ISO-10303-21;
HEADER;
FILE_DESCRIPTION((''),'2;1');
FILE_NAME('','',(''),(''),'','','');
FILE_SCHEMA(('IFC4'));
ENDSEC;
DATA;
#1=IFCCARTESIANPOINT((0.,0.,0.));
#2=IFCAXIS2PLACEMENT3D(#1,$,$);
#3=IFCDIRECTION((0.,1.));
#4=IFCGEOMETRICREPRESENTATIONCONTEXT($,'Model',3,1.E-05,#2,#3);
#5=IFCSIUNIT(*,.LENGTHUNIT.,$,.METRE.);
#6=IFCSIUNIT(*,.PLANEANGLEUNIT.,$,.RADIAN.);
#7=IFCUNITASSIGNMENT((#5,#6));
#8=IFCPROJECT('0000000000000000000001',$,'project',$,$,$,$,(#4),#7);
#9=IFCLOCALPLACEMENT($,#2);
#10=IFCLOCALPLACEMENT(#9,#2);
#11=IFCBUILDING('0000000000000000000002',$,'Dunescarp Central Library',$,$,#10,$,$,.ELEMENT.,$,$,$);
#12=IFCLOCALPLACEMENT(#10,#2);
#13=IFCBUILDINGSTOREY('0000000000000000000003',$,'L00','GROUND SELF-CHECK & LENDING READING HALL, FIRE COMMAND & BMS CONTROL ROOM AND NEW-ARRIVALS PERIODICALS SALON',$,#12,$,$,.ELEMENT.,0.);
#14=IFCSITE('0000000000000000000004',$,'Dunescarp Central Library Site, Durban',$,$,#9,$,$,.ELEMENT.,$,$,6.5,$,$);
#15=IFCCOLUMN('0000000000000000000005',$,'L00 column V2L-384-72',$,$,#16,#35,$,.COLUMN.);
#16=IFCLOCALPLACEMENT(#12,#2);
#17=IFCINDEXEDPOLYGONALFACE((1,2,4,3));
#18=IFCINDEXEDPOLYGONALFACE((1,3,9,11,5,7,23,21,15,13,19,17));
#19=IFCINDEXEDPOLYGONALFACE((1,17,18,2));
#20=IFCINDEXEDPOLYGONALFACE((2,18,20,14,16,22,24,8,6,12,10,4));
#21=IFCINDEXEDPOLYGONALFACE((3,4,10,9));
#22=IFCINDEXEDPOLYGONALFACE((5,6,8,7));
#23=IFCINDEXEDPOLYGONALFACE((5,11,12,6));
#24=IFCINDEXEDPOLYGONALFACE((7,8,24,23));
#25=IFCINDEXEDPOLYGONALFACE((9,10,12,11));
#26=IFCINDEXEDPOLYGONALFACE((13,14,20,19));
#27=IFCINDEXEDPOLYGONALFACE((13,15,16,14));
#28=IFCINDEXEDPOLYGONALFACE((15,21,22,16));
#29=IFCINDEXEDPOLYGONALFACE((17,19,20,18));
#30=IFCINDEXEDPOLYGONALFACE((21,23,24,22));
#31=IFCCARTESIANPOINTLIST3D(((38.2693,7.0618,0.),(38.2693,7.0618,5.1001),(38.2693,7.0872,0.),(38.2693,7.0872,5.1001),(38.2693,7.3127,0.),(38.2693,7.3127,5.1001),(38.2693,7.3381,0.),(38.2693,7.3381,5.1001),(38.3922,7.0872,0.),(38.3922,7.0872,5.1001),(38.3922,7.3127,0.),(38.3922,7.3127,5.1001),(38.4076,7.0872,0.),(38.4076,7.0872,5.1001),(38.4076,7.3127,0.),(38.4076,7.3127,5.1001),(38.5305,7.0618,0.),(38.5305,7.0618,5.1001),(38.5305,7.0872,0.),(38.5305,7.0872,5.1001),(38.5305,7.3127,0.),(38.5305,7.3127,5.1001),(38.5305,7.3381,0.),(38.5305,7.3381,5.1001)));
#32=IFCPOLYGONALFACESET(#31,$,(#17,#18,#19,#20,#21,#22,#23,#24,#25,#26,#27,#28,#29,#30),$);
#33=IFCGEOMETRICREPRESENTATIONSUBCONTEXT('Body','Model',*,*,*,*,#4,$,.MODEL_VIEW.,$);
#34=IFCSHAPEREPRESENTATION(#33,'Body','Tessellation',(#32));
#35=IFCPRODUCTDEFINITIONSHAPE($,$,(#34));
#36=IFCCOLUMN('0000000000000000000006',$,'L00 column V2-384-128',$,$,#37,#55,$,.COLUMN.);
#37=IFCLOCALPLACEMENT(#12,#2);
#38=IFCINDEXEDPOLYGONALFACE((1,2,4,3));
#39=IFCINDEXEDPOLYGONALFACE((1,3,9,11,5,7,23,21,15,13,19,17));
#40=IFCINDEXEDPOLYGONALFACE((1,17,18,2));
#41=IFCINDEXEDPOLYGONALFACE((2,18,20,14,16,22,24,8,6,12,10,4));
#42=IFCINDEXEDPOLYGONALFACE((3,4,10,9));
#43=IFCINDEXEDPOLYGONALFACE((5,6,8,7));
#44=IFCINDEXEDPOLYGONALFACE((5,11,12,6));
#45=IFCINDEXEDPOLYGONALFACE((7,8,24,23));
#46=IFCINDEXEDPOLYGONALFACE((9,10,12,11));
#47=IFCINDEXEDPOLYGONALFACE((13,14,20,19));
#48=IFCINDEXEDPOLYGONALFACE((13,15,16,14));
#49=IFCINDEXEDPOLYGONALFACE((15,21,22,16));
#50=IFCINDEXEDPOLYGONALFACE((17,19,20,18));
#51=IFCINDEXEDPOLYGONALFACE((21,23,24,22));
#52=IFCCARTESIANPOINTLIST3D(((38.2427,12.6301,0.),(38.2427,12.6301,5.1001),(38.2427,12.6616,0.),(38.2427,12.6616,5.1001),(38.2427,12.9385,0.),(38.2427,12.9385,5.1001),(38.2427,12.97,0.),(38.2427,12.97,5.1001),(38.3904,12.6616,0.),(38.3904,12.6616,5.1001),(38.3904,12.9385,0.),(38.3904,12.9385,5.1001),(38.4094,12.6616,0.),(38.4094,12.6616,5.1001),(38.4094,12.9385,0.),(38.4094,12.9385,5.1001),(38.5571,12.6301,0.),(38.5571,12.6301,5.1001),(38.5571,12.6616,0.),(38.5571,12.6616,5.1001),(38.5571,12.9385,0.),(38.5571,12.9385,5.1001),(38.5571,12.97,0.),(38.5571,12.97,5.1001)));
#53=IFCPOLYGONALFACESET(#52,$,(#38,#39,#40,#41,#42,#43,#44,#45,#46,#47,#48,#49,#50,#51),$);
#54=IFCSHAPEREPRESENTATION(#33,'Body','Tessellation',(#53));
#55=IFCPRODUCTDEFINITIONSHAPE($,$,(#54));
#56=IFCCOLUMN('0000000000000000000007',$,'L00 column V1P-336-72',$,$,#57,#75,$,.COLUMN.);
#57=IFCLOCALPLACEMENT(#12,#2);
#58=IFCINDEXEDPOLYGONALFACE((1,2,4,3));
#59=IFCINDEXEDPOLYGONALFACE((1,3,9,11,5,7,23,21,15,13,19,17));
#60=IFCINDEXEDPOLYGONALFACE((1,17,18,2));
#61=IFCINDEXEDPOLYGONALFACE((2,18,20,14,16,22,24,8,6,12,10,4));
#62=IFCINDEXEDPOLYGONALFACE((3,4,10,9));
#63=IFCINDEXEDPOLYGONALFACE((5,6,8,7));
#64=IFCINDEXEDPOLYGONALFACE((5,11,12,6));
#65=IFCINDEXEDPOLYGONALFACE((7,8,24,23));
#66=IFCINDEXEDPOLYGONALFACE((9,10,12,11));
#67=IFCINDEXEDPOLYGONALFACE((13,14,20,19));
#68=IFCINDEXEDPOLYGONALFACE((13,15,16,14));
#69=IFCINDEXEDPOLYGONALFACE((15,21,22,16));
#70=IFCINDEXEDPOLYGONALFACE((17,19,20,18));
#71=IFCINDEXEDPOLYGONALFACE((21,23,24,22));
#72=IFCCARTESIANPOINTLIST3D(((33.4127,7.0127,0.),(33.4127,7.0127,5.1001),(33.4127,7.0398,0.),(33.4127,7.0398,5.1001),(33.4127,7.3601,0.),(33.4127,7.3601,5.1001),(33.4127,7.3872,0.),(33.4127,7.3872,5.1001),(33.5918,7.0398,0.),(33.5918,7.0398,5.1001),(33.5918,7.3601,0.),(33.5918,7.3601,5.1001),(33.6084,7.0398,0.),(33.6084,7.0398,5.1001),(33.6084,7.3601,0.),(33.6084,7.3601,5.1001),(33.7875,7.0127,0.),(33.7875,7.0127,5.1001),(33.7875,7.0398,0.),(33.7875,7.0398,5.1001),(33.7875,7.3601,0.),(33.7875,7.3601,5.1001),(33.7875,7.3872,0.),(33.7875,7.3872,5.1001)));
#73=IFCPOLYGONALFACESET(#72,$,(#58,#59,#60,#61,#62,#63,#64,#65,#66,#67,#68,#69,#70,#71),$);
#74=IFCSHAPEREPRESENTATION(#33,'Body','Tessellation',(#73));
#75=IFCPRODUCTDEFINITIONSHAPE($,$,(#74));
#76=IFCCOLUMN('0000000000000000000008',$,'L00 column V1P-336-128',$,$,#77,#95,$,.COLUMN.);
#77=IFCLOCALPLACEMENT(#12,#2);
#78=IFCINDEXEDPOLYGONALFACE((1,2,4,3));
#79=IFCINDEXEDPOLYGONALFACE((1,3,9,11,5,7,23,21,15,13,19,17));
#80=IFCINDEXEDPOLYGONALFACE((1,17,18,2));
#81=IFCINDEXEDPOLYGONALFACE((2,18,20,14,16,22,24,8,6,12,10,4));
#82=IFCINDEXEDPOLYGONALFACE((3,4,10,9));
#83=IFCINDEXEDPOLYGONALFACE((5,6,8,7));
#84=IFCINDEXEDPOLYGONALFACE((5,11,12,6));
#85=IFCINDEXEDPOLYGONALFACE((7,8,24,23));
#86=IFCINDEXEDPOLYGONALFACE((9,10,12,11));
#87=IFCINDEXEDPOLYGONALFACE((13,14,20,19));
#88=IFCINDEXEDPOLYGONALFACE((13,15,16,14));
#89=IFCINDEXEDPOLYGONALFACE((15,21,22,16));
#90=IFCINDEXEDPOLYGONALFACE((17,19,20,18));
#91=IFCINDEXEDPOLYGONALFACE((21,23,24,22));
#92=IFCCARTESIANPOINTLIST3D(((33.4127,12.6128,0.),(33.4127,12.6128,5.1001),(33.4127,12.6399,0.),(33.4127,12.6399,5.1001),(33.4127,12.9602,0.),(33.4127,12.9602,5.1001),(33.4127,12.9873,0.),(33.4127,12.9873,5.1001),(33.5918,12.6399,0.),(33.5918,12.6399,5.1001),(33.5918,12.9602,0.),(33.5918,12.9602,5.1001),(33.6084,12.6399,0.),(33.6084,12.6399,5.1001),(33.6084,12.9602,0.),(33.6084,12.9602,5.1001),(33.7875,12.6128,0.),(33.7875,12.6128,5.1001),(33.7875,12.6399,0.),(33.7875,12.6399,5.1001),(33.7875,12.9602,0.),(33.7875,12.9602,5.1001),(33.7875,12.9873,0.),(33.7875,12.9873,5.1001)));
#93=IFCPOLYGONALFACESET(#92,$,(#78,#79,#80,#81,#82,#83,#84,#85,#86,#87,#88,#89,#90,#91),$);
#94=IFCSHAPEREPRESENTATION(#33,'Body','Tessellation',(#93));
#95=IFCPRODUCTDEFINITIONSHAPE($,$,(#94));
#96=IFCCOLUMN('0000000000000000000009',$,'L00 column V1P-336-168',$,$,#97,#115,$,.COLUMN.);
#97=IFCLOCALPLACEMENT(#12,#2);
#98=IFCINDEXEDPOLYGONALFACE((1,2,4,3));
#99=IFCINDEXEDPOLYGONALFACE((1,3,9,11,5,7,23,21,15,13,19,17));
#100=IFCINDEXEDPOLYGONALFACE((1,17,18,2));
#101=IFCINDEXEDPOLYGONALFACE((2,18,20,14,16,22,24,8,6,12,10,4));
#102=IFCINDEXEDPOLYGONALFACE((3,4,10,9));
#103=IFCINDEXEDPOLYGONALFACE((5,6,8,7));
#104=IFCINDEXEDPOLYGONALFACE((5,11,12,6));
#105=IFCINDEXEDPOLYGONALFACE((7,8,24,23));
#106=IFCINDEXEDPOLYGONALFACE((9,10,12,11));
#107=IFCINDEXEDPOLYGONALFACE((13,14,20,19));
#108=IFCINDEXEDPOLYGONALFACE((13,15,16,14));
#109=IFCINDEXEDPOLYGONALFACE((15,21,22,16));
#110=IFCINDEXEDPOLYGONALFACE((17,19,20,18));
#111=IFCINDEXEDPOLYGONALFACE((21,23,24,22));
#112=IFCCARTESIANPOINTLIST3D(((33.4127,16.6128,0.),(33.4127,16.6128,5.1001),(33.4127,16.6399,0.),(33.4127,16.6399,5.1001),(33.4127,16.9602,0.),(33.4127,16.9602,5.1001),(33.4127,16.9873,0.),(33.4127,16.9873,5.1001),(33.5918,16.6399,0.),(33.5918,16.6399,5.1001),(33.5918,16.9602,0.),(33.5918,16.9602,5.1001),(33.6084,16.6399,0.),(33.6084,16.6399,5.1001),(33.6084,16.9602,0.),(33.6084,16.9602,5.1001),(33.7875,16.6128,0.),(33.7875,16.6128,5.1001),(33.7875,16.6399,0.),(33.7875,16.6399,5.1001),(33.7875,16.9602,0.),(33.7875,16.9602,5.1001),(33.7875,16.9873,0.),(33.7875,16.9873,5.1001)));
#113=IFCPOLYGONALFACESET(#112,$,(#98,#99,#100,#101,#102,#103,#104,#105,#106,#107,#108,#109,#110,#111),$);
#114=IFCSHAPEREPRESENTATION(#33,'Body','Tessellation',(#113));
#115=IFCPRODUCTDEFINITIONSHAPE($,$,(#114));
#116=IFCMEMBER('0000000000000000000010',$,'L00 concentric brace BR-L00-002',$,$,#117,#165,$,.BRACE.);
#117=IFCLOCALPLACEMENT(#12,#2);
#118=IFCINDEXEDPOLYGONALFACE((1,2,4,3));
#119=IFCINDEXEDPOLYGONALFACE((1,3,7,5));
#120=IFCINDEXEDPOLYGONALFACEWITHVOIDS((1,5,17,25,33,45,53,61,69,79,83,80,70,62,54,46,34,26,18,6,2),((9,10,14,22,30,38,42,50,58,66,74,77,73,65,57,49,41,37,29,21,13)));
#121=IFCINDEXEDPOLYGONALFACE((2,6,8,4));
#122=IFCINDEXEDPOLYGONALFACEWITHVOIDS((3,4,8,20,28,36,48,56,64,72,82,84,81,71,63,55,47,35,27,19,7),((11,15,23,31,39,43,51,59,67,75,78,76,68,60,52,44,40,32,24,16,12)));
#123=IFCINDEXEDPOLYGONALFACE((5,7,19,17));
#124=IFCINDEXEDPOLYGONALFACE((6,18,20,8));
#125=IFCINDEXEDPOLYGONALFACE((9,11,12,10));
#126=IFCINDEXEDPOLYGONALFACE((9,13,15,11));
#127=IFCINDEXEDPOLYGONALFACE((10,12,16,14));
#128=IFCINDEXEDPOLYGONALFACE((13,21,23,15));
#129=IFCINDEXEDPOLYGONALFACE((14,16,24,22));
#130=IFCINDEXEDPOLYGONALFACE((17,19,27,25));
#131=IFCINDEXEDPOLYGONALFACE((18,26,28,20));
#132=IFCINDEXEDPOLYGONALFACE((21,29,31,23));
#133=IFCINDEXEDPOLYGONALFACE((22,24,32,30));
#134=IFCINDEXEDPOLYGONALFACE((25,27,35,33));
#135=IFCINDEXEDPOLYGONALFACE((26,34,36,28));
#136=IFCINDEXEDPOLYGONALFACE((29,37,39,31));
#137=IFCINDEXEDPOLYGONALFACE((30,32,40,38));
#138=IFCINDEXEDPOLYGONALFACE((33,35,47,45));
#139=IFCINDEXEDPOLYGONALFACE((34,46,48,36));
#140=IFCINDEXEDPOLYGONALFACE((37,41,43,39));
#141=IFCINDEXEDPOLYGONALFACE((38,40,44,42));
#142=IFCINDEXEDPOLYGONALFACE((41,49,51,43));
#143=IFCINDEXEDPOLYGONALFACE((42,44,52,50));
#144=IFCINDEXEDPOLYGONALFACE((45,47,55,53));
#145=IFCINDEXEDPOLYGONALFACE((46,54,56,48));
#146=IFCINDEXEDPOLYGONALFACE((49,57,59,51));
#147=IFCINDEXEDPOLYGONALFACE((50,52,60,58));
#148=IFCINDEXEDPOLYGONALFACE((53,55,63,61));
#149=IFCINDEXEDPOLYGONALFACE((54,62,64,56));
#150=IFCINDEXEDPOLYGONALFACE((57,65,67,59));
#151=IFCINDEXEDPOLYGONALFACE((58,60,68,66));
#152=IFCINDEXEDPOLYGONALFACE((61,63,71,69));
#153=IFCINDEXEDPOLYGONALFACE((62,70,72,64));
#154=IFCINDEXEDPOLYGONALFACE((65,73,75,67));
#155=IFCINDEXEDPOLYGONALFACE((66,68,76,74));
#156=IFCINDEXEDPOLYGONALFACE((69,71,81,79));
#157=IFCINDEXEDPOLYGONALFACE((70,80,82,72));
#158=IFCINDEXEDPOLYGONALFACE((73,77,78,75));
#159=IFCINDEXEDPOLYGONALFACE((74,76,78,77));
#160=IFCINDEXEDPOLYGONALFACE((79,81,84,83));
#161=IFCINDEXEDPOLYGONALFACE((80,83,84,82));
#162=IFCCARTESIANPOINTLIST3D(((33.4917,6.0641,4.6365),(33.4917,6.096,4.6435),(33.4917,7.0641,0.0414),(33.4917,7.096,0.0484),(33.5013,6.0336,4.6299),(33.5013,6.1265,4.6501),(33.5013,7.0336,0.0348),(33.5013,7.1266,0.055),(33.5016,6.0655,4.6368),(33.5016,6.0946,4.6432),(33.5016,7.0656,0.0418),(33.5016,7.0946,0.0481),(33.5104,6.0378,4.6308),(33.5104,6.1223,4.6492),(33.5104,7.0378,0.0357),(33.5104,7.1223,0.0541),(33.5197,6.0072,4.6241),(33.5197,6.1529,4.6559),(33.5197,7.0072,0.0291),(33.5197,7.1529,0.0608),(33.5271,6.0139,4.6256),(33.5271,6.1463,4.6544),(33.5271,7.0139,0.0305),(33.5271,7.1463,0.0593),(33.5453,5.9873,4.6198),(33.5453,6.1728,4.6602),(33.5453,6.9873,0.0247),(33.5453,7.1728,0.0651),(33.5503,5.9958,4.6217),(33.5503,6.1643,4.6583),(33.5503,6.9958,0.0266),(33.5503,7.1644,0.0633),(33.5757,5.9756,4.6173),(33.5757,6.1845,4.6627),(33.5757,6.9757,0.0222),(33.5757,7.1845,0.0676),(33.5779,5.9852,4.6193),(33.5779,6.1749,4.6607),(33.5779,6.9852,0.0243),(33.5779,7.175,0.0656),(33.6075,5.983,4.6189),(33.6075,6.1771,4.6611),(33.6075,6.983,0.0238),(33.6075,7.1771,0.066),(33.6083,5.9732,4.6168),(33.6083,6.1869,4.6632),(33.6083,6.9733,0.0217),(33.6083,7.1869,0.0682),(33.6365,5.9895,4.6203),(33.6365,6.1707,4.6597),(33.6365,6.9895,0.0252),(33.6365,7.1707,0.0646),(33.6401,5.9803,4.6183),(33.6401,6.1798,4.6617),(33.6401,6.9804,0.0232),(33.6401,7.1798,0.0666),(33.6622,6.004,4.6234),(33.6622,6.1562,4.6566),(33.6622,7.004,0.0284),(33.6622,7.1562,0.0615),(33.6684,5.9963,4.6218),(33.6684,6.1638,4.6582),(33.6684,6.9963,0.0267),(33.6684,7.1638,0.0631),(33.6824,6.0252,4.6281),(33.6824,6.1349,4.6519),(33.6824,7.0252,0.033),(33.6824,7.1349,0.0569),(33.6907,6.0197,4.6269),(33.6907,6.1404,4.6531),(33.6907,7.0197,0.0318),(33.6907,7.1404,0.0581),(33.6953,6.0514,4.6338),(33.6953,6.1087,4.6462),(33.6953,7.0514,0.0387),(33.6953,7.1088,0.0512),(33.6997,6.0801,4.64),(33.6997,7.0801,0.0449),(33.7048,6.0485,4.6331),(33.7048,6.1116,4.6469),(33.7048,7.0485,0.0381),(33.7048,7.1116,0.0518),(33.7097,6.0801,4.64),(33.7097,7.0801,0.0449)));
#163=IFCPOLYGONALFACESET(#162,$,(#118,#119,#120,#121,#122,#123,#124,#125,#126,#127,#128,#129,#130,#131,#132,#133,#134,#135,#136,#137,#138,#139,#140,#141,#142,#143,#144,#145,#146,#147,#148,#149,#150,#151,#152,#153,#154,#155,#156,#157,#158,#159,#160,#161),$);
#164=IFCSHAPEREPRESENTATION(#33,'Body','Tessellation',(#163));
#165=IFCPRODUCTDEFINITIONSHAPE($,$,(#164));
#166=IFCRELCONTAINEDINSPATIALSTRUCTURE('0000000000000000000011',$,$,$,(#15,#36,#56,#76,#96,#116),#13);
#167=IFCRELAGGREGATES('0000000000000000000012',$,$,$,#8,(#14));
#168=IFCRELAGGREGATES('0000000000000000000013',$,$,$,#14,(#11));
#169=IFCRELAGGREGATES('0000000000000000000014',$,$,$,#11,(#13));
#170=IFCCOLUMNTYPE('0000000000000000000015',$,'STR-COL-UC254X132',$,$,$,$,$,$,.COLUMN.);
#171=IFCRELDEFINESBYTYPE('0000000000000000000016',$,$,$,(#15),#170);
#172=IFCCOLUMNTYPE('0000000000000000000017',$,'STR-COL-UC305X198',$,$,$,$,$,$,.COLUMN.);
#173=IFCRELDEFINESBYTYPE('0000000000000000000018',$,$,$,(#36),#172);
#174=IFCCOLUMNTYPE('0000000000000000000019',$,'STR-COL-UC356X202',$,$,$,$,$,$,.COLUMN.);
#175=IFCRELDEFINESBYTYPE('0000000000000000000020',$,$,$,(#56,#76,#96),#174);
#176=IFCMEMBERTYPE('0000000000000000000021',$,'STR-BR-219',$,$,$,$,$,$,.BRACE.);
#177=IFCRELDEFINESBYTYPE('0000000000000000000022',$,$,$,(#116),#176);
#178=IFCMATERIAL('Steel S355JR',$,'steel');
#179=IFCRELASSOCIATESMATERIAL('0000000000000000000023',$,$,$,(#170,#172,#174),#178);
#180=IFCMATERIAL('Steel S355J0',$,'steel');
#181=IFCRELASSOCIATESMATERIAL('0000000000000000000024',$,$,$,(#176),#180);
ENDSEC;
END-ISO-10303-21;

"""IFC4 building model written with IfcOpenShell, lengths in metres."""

from ifc_helpers import new_model, si_unit, direction, frame, origin, origin_2d, place, context, subcontext, project, spatial, hollow_circle, i_section, extrude, material, material_profile, profile_set, type_object, element, save


model = new_model("IFC4")

# Units and contexts
model_context = context("Model", 3, precision=1e-05, world=origin(), true_north=direction((0.0, 1.0)))
body_context = subcontext(model_context, "Body", "Model", "MODEL_VIEW")
ifc_project = project(units=[si_unit("LENGTHUNIT", "METRE"), si_unit("PLANEANGLEUNIT", "RADIAN")], contexts=[model_context])

# Site, building, storey
site_placement = place(None, origin())
site = spatial("IfcSite", under=ifc_project, at=site_placement, Name="Dunescarp Central Library Site, Durban", CompositionType="ELEMENT", RefElevation=6.5)
building_placement = place(site_placement, origin())
building = spatial("IfcBuilding", under=site, at=building_placement, Name="Dunescarp Central Library", CompositionType="ELEMENT")
storey_placement = place(building_placement, origin())
storey = spatial("IfcBuildingStorey", under=building, at=storey_placement, Name="L00", Description="GROUND SELF-CHECK & LENDING READING HALL, FIRE COMMAND & BMS CONTROL ROOM AND NEW-ARRIVALS PERIODICALS SALON", CompositionType="ELEMENT", Elevation=0.0)

# Columns
ifc_material_1 = material(Name="Steel S355JR", Category="steel")
ifc_material_profile_1 = material_profile(ifc_material_1, i_section(OverallWidth=0.2612, OverallDepth=0.2764, WebThickness=0.0154, FlangeThickness=0.0254, at=origin_2d()), Name="UC 254x254x132")
ifc_profile_set_1 = profile_set([ifc_material_profile_1], Name="Steel S355JR")
column_type_1 = type_object("IfcColumnType", Name="STR-COL-UC254X132", PredefinedType="COLUMN", material=ifc_profile_set_1)
column_1_placement = place(storey_placement, frame((38.3999, 7.2, 0.0), z_axis=(0.0, 0.0, 1.0), x_axis=(1.0, 0.0, 0.0)))
element("IfcColumn", 1, at=column_1_placement, inside=storey, type_object=column_type_1, Name="L00 column V2L-384-72", PredefinedType="COLUMN", context=body_context, shape_type="SweptSolid", body=[
    extrude(i_section(OverallWidth=0.2612, OverallDepth=0.2764, WebThickness=0.0154, FlangeThickness=0.0254, at=origin_2d()), origin(), (0.0, 0.0, 1.0), 5.1001),
])
ifc_material_profile_2 = material_profile(ifc_material_1, i_section(OverallWidth=0.3145, OverallDepth=0.3398, WebThickness=0.019, FlangeThickness=0.0315, at=origin_2d()), Name="UC 305x305x198")
ifc_profile_set_2 = profile_set([ifc_material_profile_2], Name="Steel S355JR")
column_type_2 = type_object("IfcColumnType", Name="STR-COL-UC305X198", PredefinedType="COLUMN", material=ifc_profile_set_2)
column_2_placement = place(storey_placement, frame((38.3999, 12.8, 0.0), z_axis=(0.0, 0.0, 1.0), x_axis=(1.0, 0.0, 0.0)))
element("IfcColumn", 2, at=column_2_placement, inside=storey, type_object=column_type_2, Name="L00 column V2-384-128", PredefinedType="COLUMN", context=body_context, shape_type="SweptSolid", body=[
    extrude(i_section(OverallWidth=0.3145, OverallDepth=0.3398, WebThickness=0.019, FlangeThickness=0.0315, at=origin_2d()), origin(), (0.0, 0.0, 1.0), 5.1001),
])
ifc_material_profile_3 = material_profile(ifc_material_1, i_section(OverallWidth=0.3748, OverallDepth=0.3745, WebThickness=0.0166, FlangeThickness=0.0271, at=origin_2d()), Name="UC 356x368x202")
ifc_profile_set_3 = profile_set([ifc_material_profile_3], Name="Steel S355JR")
column_type_3 = type_object("IfcColumnType", Name="STR-COL-UC356X202", PredefinedType="COLUMN", material=ifc_profile_set_3)
for number, where, z_axis, x_axis, name in (
    (3, (33.6001, 7.2, 0.0), (0.0, 0.0, 1.0), (1.0, 0.0, 0.0), "L00 column V1P-336-72"),
    (4, (33.6001, 12.8, 0.0), (0.0, 0.0, 1.0), (1.0, 0.0, 0.0), "L00 column V1P-336-128"),
    (5, (33.6001, 16.8, 0.0), (0.0, 0.0, 1.0), (1.0, 0.0, 0.0), "L00 column V1P-336-168"),
):
    element("IfcColumn", number, at=place(storey_placement, frame(where, z_axis=z_axis, x_axis=x_axis)), inside=storey, type_object=column_type_3, Name=name, PredefinedType="COLUMN", context=body_context, shape_type="SweptSolid", body=[
        extrude(i_section(OverallWidth=0.3748, OverallDepth=0.3745, WebThickness=0.0166, FlangeThickness=0.0271, at=origin_2d()), origin(), (0.0, 0.0, 1.0), 5.1001),
    ])

# Member
ifc_material_2 = material(Name="Steel S355J0", Category="steel")
ifc_material_profile_4 = material_profile(ifc_material_2, hollow_circle(Radius=0.1096, WallThickness=0.01, at=origin_2d()), Name="CHS 219.1x10")
ifc_profile_set_4 = profile_set([ifc_material_profile_4], Name="Steel S355J0")
member_type_1 = type_object("IfcMemberType", Name="STR-BR-219", PredefinedType="BRACE", material=ifc_profile_set_4)
member_1_placement = place(storey_placement, frame((33.6001, 7.0801, 0.0449), z_axis=(0.0, -0.212652, 0.977128), x_axis=(1.0, 0.0, 0.0)))
element("IfcMember", 6, at=member_1_placement, inside=storey, type_object=member_type_1, Name="L00 concentric brace BR-L00-002", PredefinedType="BRACE", context=body_context, shape_type="SweptSolid", body=[
    extrude(hollow_circle(Radius=0.1096, WallThickness=0.01, at=origin_2d()), origin(), (0.0, 0.0, 1.0), 4.7026),
])

save(model, "model.ifc")
